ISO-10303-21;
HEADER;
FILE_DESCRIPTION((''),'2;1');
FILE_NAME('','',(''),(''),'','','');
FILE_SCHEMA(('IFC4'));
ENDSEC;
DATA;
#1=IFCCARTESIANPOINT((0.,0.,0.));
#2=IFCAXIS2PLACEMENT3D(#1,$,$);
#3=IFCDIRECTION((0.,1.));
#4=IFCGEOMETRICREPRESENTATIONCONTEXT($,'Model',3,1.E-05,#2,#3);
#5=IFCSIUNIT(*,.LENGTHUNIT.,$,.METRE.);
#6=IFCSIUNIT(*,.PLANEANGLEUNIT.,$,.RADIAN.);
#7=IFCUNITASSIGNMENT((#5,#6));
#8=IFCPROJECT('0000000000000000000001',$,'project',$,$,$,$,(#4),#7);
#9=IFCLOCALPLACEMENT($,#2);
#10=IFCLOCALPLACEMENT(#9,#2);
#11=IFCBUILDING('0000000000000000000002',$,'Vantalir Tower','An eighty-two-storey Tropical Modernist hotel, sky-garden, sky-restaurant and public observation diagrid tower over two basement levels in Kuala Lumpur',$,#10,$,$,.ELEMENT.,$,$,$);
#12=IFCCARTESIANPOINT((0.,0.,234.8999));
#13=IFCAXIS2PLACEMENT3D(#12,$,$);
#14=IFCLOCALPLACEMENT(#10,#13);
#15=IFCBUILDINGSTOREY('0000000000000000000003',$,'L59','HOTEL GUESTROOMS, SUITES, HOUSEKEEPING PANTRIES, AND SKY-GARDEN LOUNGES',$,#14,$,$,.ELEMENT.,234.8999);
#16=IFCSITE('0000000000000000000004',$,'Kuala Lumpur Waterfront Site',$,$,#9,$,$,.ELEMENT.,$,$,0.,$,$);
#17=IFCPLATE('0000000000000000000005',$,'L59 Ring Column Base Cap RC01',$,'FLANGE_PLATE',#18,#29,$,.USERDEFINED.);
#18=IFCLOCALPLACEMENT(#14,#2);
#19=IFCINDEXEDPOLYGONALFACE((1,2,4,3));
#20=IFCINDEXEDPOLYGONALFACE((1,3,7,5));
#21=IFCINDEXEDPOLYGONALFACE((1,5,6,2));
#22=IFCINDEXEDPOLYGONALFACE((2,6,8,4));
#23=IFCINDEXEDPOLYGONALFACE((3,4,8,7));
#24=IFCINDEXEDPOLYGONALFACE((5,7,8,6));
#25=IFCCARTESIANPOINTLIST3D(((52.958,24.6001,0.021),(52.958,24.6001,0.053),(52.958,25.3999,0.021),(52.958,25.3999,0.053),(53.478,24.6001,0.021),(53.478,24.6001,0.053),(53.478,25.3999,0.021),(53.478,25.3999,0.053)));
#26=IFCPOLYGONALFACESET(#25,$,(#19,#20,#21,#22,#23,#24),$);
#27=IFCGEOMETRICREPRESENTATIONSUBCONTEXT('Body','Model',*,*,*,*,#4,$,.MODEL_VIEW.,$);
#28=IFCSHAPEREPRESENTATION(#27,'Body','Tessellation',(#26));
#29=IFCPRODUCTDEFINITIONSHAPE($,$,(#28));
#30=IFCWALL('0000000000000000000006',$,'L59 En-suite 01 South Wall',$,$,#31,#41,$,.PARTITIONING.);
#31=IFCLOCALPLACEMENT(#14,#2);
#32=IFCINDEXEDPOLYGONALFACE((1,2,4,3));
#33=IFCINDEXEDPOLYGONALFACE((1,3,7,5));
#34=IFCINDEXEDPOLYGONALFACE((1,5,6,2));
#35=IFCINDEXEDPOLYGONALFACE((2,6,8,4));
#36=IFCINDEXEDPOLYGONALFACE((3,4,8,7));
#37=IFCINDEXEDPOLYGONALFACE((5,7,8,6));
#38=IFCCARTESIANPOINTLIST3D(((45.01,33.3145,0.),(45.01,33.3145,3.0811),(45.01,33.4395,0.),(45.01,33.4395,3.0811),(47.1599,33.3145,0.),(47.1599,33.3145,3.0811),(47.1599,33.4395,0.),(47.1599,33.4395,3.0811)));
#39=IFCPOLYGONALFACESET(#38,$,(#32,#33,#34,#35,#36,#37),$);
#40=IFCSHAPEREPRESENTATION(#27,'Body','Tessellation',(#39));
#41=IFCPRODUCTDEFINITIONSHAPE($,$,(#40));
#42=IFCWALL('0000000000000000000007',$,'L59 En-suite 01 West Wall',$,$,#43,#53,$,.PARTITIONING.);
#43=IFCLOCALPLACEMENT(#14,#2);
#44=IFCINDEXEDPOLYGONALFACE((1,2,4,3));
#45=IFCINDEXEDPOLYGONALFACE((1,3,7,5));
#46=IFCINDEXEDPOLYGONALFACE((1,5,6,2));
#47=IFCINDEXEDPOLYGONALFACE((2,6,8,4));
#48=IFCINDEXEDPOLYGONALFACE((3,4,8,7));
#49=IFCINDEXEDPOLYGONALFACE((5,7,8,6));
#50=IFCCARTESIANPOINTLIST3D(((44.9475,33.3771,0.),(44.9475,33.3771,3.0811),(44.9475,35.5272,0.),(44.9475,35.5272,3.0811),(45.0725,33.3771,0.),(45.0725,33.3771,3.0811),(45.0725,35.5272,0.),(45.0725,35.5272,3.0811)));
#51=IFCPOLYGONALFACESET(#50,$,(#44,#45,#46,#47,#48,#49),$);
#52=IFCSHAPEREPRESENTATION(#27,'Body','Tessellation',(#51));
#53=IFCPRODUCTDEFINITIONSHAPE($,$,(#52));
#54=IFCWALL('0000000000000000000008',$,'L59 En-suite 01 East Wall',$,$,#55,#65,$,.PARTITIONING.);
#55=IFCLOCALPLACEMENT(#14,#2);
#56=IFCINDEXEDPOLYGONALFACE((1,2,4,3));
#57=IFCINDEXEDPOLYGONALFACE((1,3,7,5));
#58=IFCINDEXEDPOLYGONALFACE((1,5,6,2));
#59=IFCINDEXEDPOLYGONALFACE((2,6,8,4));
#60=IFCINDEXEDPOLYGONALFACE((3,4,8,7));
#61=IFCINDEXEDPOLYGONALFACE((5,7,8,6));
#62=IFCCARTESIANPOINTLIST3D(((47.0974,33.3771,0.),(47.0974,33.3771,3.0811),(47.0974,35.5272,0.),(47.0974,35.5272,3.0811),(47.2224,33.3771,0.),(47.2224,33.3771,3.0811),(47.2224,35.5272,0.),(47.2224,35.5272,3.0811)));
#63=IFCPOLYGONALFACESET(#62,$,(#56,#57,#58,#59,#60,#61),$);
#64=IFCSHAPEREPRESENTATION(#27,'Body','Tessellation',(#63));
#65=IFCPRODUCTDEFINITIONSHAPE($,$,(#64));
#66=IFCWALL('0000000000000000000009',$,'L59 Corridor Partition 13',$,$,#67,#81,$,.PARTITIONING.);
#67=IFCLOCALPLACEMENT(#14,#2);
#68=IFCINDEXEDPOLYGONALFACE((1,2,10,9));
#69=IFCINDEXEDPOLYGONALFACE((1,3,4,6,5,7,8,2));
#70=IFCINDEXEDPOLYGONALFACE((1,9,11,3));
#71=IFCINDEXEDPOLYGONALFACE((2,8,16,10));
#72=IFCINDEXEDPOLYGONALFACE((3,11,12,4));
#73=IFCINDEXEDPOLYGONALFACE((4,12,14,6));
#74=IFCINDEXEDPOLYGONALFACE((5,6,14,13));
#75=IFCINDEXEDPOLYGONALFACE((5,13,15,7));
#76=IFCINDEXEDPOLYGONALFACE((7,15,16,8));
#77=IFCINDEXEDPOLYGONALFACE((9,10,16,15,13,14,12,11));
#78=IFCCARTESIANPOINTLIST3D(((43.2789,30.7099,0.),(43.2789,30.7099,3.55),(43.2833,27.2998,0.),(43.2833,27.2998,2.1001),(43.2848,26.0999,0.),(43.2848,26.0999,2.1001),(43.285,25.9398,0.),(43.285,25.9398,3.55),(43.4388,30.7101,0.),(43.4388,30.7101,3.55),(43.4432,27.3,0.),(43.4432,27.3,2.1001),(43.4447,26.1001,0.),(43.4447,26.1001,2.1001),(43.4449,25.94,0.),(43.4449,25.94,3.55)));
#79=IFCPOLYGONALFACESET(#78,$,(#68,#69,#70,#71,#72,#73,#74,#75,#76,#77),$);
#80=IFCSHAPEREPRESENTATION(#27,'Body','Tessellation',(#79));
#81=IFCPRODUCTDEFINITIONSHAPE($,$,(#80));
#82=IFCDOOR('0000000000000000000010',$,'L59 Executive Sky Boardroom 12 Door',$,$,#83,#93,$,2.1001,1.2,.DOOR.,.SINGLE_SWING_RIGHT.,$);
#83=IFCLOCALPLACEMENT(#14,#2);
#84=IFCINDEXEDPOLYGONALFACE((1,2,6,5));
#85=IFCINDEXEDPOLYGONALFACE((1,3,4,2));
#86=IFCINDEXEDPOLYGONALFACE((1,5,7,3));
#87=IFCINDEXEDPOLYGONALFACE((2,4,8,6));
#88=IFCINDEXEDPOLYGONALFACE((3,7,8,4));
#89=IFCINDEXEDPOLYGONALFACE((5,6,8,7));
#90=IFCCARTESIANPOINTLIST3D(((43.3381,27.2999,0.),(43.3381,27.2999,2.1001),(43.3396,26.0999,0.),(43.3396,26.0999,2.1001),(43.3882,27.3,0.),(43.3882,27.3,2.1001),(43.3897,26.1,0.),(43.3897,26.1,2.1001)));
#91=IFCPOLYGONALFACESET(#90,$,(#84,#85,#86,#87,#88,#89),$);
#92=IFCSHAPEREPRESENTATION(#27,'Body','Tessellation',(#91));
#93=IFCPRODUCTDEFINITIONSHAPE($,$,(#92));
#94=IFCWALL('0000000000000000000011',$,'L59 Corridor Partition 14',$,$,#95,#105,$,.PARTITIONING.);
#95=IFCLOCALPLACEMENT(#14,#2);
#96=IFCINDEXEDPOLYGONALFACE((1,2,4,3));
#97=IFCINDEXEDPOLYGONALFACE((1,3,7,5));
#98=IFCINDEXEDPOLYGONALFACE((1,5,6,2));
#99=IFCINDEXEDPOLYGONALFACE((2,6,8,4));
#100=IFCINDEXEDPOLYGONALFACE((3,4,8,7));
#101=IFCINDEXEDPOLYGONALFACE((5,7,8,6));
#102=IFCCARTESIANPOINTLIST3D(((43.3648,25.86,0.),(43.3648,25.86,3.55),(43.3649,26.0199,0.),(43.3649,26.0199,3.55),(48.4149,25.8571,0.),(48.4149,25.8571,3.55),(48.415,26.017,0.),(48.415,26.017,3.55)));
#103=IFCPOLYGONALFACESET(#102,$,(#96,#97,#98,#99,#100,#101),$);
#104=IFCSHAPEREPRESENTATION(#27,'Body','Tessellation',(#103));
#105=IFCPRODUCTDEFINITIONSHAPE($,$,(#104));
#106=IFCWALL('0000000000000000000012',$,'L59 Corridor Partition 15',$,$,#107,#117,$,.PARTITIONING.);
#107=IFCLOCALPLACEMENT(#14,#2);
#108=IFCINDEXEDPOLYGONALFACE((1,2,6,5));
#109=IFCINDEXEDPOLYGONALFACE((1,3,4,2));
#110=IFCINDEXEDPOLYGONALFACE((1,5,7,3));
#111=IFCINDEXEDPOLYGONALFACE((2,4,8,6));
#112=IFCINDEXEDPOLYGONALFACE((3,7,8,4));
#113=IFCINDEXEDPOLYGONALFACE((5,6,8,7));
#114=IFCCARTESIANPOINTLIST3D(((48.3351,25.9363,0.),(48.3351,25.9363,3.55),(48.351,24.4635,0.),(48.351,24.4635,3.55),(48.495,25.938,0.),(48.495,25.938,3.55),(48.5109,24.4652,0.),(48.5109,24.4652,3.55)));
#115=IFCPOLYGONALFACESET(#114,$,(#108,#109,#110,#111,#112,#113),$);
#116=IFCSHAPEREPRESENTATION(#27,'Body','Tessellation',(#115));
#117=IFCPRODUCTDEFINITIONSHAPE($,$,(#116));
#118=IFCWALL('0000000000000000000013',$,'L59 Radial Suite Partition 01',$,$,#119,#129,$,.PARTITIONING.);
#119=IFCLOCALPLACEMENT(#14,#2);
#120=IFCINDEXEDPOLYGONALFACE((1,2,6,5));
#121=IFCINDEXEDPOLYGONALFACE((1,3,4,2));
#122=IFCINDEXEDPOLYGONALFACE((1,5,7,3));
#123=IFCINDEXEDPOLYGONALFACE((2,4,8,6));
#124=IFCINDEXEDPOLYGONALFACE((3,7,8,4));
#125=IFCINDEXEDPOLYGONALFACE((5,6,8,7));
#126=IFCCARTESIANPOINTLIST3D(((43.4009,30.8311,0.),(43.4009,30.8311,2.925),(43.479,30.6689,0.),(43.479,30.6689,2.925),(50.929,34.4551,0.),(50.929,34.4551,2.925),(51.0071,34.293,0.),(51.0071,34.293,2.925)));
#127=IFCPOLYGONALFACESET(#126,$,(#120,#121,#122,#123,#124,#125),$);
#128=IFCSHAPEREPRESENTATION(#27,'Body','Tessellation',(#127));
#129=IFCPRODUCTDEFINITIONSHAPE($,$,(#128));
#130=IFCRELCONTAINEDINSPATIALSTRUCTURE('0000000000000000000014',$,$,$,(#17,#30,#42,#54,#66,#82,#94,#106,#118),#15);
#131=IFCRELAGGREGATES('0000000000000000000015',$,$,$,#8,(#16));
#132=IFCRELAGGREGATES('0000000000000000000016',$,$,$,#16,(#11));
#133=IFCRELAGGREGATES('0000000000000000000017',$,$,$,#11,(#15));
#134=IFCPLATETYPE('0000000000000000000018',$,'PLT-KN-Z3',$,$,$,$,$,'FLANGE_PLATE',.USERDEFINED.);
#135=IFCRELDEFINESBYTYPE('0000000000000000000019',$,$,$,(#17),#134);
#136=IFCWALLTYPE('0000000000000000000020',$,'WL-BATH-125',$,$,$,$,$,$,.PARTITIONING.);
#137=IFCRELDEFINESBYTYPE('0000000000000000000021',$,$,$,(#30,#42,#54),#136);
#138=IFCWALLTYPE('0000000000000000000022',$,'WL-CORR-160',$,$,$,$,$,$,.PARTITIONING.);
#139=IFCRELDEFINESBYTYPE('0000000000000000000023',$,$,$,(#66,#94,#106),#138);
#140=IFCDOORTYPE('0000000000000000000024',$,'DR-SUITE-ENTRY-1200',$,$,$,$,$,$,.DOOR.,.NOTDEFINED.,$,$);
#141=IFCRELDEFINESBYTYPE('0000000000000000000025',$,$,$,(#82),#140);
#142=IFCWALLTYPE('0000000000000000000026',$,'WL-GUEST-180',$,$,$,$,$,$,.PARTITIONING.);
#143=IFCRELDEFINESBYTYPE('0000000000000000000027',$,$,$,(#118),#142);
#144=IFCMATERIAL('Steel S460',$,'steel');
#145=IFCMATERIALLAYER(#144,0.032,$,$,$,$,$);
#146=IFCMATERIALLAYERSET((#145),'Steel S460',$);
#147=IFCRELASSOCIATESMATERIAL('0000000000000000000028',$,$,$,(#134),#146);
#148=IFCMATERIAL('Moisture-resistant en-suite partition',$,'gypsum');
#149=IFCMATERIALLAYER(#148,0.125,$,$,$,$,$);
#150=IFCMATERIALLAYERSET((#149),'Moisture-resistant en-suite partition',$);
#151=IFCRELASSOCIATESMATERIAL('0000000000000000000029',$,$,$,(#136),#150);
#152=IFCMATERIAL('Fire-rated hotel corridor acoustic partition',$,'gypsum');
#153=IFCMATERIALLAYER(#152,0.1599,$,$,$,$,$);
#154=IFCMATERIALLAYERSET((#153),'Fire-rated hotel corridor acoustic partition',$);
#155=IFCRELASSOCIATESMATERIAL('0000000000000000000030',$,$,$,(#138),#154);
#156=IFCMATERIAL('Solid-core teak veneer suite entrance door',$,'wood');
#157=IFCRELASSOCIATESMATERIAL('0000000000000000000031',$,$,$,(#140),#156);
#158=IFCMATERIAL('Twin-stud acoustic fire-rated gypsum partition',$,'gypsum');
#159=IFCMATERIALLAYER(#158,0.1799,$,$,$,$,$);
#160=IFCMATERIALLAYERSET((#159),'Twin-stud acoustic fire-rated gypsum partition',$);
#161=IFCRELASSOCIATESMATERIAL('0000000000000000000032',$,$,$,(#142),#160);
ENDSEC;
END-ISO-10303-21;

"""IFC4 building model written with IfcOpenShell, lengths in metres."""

from ifc_helpers import new_model, si_unit, direction, frame, frame_2d, origin, place, context, subcontext, project, spatial, polyline, rectangle, outline, extrude, material, layer, layer_set, type_object, element, fill, save


model = new_model("IFC4")

# Units and contexts
model_context = context("Model", 3, precision=1e-05, world=origin(), true_north=direction((0.0, 1.0)))
body_context = subcontext(model_context, "Body", "Model", "MODEL_VIEW")
ifc_project = project(units=[si_unit("LENGTHUNIT", "METRE"), si_unit("PLANEANGLEUNIT", "RADIAN")], contexts=[model_context])

# Site, building, storey
site_placement = place(None, origin())
site = spatial("IfcSite", under=ifc_project, at=site_placement, Name="Kuala Lumpur Waterfront Site", CompositionType="ELEMENT", RefElevation=0.0)
building_placement = place(site_placement, origin())
building = spatial("IfcBuilding", under=site, at=building_placement, Name="Vantalir Tower", Description="An eighty-two-storey Tropical Modernist hotel, sky-garden, sky-restaurant and public observation diagrid tower over two basement levels in Kuala Lumpur", CompositionType="ELEMENT")
storey_placement = place(building_placement, frame((0.0, 0.0, 234.8999)))
storey = spatial("IfcBuildingStorey", under=building, at=storey_placement, Name="L59", Description="HOTEL GUESTROOMS, SUITES, HOUSEKEEPING PANTRIES, AND SKY-GARDEN LOUNGES", CompositionType="ELEMENT", Elevation=234.8999)

# Shared definitions
ifc_material_1 = material(Name="Steel S460", Category="steel")

# Plate
ifc_layer_1 = layer(ifc_material_1, 0.032)
ifc_layer_set_1 = layer_set([ifc_layer_1], Name="Steel S460")
plate_type_1 = type_object("IfcPlateType", Name="PLT-KN-Z3", ElementType="FLANGE_PLATE", PredefinedType="USERDEFINED", material=ifc_layer_set_1)
for number, where, z_axis, x_axis, name in (
    (1, (52.958, 25.3999, 0.053), (0.0, 0.0, 1.0), (0.0, -1.0, 0.0), "L59 Ring Column Base Cap RC01"),
):
    element("IfcPlate", number, at=place(storey_placement, frame(where, z_axis=z_axis, x_axis=x_axis)), inside=storey, type_object=plate_type_1, Name=name, ObjectType="FLANGE_PLATE", PredefinedType="USERDEFINED", context=body_context, shape_type="SweptSolid", body=[
        extrude(outline(polyline([(0.0, 0.0), (0.7998, 0.0), (0.7998, 0.52), (0.0, 0.52), (0.0, 0.0)])), origin(), (0.0, 0.0, -1.0), 0.032),
    ])

# Walls
ifc_material_2 = material(Name="Moisture-resistant en-suite partition", Category="gypsum")
ifc_layer_2 = layer(ifc_material_2, 0.125)
ifc_layer_set_2 = layer_set([ifc_layer_2], Name="Moisture-resistant en-suite partition")
wall_type_1 = type_object("IfcWallType", Name="WL-BATH-125", PredefinedType="PARTITIONING", material=ifc_layer_set_2)
wall_1_placement = place(storey_placement, frame((45.01, 33.377, 0.0), z_axis=(0.0, 0.0, 1.0), x_axis=(1.0, 0.0, 0.0)))
element("IfcWall", 2, at=wall_1_placement, inside=storey, type_object=wall_type_1, Name="L59 En-suite 01 South Wall", PredefinedType="PARTITIONING", context=body_context, shape_type="SweptSolid", body=[
    extrude(rectangle(XDim=2.1499, YDim=0.125, at=frame_2d((1.075, 0.0))), origin(), (0.0, 0.0, 1.0), 3.0811),
])
for number, where, z_axis, x_axis, name in (
    (3, (45.01, 33.377, 0.0), (0.0, 0.0, 1.0), (0.0, 1.0, 0.0), "L59 En-suite 01 West Wall"),
    (4, (47.1599, 33.377, 0.0), (0.0, 0.0, 1.0), (0.0, 1.0, 0.0), "L59 En-suite 01 East Wall"),
):
    element("IfcWall", number, at=place(storey_placement, frame(where, z_axis=z_axis, x_axis=x_axis)), inside=storey, type_object=wall_type_1, Name=name, PredefinedType="PARTITIONING", context=body_context, shape_type="SweptSolid", body=[
        extrude(rectangle(XDim=2.1501, YDim=0.125, at=frame_2d((1.0752, 0.0))), origin(), (0.0, 0.0, 1.0), 3.0811),
    ])

# Wall, opening, door
ifc_material_3 = material(Name="Fire-rated hotel corridor acoustic partition", Category="gypsum")
ifc_layer_3 = layer(ifc_material_3, 0.1599)
ifc_layer_set_3 = layer_set([ifc_layer_3], Name="Fire-rated hotel corridor acoustic partition")
wall_type_2 = type_object("IfcWallType", Name="WL-CORR-160", PredefinedType="PARTITIONING", material=ifc_layer_set_3)
wall_2_placement = place(storey_placement, frame((43.3589, 30.71, 0.0), z_axis=(0.0, 0.0, 1.0), x_axis=(0.00128, -0.999999, 0.0)))
wall_2 = element("IfcWall", 5, at=wall_2_placement, inside=storey, type_object=wall_type_2, Name="L59 Corridor Partition 13", PredefinedType="PARTITIONING", context=body_context, shape_type="SweptSolid", body=[
    extrude(rectangle(XDim=4.77, YDim=0.1599, at=frame_2d((2.385, 0.0))), origin(), (0.0, 0.0, 1.0), 3.55),
])
opening_placement = place(wall_2_placement, frame((3.4099, 0.0, 0.0)))
opening = element("IfcOpeningElement", 6, at=opening_placement, cuts=wall_2, PredefinedType="OPENING", context=body_context, shape_type="SweptSolid", body=[
    extrude(rectangle(XDim=1.2, YDim=2.1001, at=frame_2d((0.6001, 1.05))), frame((0.0, 0.0898, 0.0), z_axis=(0.0, -1.0, 0.0), x_axis=(1.0, 0.0, 0.0)), (0.0, 0.0, 1.0), 0.1799),
])
ifc_material_4 = material(Name="Solid-core teak veneer suite entrance door", Category="wood")
door_type = type_object("IfcDoorType", Name="DR-SUITE-ENTRY-1200", OperationType="NOTDEFINED", PredefinedType="DOOR", material=ifc_material_4)
door_placement = place(opening_placement, origin())
door = element("IfcDoor", 7, at=door_placement, inside=storey, type_object=door_type, Name="L59 Executive Sky Boardroom 12 Door", OperationType="SINGLE_SWING_RIGHT", OverallHeight=2.1001, OverallWidth=1.2, PredefinedType="DOOR", context=body_context, shape_type="SweptSolid", body=[
    extrude(rectangle(XDim=1.2, YDim=2.1001, at=frame_2d((0.6001, 1.05))), frame((0.0, 0.0249, 0.0), z_axis=(0.0, -1.0, 0.0), x_axis=(1.0, 0.0, 0.0)), (0.0, 0.0, 1.0), 0.05),
])
fill(opening, door)

# Walls
wall_3_placement = place(storey_placement, frame((43.365, 25.9399, 0.0), z_axis=(0.0, 0.0, 1.0), x_axis=(1.0, -0.00058, 0.0)))
element("IfcWall", 8, at=wall_3_placement, inside=storey, type_object=wall_type_2, Name="L59 Corridor Partition 14", PredefinedType="PARTITIONING", context=body_context, shape_type="SweptSolid", body=[
    extrude(rectangle(XDim=5.05, YDim=0.1599, at=frame_2d((2.5249, 0.0))), origin(), (0.0, 0.0, 1.0), 3.55),
])
wall_4_placement = place(storey_placement, frame((48.415, 25.937, 0.0), z_axis=(0.0, 0.0, 1.0), x_axis=(0.010773, -0.999942, 0.0)))
element("IfcWall", 9, at=wall_4_placement, inside=storey, type_object=wall_type_2, Name="L59 Corridor Partition 15", PredefinedType="PARTITIONING", context=body_context, shape_type="SweptSolid", body=[
    extrude(rectangle(XDim=1.4729, YDim=0.1599, at=frame_2d((0.7363, 0.0))), origin(), (0.0, 0.0, 1.0), 3.55),
])
ifc_material_5 = material(Name="Twin-stud acoustic fire-rated gypsum partition", Category="gypsum")
ifc_layer_4 = layer(ifc_material_5, 0.1799)
ifc_layer_set_4 = layer_set([ifc_layer_4], Name="Twin-stud acoustic fire-rated gypsum partition")
wall_type_3 = type_object("IfcWallType", Name="WL-GUEST-180", PredefinedType="PARTITIONING", material=ifc_layer_set_4)
wall_5_placement = place(storey_placement, frame((43.4399, 30.75, 0.0), z_axis=(0.0, 0.0, 1.0), x_axis=(0.90103, 0.433757, 0.0)))
element("IfcWall", 10, at=wall_5_placement, inside=storey, type_object=wall_type_3, Name="L59 Radial Suite Partition 01", PredefinedType="PARTITIONING", context=body_context, shape_type="SweptSolid", body=[
    extrude(rectangle(XDim=8.355, YDim=0.1799, at=frame_2d((4.1775, 0.0))), origin(), (0.0, 0.0, 1.0), 2.925),
])

save(model, "model.ifc")
